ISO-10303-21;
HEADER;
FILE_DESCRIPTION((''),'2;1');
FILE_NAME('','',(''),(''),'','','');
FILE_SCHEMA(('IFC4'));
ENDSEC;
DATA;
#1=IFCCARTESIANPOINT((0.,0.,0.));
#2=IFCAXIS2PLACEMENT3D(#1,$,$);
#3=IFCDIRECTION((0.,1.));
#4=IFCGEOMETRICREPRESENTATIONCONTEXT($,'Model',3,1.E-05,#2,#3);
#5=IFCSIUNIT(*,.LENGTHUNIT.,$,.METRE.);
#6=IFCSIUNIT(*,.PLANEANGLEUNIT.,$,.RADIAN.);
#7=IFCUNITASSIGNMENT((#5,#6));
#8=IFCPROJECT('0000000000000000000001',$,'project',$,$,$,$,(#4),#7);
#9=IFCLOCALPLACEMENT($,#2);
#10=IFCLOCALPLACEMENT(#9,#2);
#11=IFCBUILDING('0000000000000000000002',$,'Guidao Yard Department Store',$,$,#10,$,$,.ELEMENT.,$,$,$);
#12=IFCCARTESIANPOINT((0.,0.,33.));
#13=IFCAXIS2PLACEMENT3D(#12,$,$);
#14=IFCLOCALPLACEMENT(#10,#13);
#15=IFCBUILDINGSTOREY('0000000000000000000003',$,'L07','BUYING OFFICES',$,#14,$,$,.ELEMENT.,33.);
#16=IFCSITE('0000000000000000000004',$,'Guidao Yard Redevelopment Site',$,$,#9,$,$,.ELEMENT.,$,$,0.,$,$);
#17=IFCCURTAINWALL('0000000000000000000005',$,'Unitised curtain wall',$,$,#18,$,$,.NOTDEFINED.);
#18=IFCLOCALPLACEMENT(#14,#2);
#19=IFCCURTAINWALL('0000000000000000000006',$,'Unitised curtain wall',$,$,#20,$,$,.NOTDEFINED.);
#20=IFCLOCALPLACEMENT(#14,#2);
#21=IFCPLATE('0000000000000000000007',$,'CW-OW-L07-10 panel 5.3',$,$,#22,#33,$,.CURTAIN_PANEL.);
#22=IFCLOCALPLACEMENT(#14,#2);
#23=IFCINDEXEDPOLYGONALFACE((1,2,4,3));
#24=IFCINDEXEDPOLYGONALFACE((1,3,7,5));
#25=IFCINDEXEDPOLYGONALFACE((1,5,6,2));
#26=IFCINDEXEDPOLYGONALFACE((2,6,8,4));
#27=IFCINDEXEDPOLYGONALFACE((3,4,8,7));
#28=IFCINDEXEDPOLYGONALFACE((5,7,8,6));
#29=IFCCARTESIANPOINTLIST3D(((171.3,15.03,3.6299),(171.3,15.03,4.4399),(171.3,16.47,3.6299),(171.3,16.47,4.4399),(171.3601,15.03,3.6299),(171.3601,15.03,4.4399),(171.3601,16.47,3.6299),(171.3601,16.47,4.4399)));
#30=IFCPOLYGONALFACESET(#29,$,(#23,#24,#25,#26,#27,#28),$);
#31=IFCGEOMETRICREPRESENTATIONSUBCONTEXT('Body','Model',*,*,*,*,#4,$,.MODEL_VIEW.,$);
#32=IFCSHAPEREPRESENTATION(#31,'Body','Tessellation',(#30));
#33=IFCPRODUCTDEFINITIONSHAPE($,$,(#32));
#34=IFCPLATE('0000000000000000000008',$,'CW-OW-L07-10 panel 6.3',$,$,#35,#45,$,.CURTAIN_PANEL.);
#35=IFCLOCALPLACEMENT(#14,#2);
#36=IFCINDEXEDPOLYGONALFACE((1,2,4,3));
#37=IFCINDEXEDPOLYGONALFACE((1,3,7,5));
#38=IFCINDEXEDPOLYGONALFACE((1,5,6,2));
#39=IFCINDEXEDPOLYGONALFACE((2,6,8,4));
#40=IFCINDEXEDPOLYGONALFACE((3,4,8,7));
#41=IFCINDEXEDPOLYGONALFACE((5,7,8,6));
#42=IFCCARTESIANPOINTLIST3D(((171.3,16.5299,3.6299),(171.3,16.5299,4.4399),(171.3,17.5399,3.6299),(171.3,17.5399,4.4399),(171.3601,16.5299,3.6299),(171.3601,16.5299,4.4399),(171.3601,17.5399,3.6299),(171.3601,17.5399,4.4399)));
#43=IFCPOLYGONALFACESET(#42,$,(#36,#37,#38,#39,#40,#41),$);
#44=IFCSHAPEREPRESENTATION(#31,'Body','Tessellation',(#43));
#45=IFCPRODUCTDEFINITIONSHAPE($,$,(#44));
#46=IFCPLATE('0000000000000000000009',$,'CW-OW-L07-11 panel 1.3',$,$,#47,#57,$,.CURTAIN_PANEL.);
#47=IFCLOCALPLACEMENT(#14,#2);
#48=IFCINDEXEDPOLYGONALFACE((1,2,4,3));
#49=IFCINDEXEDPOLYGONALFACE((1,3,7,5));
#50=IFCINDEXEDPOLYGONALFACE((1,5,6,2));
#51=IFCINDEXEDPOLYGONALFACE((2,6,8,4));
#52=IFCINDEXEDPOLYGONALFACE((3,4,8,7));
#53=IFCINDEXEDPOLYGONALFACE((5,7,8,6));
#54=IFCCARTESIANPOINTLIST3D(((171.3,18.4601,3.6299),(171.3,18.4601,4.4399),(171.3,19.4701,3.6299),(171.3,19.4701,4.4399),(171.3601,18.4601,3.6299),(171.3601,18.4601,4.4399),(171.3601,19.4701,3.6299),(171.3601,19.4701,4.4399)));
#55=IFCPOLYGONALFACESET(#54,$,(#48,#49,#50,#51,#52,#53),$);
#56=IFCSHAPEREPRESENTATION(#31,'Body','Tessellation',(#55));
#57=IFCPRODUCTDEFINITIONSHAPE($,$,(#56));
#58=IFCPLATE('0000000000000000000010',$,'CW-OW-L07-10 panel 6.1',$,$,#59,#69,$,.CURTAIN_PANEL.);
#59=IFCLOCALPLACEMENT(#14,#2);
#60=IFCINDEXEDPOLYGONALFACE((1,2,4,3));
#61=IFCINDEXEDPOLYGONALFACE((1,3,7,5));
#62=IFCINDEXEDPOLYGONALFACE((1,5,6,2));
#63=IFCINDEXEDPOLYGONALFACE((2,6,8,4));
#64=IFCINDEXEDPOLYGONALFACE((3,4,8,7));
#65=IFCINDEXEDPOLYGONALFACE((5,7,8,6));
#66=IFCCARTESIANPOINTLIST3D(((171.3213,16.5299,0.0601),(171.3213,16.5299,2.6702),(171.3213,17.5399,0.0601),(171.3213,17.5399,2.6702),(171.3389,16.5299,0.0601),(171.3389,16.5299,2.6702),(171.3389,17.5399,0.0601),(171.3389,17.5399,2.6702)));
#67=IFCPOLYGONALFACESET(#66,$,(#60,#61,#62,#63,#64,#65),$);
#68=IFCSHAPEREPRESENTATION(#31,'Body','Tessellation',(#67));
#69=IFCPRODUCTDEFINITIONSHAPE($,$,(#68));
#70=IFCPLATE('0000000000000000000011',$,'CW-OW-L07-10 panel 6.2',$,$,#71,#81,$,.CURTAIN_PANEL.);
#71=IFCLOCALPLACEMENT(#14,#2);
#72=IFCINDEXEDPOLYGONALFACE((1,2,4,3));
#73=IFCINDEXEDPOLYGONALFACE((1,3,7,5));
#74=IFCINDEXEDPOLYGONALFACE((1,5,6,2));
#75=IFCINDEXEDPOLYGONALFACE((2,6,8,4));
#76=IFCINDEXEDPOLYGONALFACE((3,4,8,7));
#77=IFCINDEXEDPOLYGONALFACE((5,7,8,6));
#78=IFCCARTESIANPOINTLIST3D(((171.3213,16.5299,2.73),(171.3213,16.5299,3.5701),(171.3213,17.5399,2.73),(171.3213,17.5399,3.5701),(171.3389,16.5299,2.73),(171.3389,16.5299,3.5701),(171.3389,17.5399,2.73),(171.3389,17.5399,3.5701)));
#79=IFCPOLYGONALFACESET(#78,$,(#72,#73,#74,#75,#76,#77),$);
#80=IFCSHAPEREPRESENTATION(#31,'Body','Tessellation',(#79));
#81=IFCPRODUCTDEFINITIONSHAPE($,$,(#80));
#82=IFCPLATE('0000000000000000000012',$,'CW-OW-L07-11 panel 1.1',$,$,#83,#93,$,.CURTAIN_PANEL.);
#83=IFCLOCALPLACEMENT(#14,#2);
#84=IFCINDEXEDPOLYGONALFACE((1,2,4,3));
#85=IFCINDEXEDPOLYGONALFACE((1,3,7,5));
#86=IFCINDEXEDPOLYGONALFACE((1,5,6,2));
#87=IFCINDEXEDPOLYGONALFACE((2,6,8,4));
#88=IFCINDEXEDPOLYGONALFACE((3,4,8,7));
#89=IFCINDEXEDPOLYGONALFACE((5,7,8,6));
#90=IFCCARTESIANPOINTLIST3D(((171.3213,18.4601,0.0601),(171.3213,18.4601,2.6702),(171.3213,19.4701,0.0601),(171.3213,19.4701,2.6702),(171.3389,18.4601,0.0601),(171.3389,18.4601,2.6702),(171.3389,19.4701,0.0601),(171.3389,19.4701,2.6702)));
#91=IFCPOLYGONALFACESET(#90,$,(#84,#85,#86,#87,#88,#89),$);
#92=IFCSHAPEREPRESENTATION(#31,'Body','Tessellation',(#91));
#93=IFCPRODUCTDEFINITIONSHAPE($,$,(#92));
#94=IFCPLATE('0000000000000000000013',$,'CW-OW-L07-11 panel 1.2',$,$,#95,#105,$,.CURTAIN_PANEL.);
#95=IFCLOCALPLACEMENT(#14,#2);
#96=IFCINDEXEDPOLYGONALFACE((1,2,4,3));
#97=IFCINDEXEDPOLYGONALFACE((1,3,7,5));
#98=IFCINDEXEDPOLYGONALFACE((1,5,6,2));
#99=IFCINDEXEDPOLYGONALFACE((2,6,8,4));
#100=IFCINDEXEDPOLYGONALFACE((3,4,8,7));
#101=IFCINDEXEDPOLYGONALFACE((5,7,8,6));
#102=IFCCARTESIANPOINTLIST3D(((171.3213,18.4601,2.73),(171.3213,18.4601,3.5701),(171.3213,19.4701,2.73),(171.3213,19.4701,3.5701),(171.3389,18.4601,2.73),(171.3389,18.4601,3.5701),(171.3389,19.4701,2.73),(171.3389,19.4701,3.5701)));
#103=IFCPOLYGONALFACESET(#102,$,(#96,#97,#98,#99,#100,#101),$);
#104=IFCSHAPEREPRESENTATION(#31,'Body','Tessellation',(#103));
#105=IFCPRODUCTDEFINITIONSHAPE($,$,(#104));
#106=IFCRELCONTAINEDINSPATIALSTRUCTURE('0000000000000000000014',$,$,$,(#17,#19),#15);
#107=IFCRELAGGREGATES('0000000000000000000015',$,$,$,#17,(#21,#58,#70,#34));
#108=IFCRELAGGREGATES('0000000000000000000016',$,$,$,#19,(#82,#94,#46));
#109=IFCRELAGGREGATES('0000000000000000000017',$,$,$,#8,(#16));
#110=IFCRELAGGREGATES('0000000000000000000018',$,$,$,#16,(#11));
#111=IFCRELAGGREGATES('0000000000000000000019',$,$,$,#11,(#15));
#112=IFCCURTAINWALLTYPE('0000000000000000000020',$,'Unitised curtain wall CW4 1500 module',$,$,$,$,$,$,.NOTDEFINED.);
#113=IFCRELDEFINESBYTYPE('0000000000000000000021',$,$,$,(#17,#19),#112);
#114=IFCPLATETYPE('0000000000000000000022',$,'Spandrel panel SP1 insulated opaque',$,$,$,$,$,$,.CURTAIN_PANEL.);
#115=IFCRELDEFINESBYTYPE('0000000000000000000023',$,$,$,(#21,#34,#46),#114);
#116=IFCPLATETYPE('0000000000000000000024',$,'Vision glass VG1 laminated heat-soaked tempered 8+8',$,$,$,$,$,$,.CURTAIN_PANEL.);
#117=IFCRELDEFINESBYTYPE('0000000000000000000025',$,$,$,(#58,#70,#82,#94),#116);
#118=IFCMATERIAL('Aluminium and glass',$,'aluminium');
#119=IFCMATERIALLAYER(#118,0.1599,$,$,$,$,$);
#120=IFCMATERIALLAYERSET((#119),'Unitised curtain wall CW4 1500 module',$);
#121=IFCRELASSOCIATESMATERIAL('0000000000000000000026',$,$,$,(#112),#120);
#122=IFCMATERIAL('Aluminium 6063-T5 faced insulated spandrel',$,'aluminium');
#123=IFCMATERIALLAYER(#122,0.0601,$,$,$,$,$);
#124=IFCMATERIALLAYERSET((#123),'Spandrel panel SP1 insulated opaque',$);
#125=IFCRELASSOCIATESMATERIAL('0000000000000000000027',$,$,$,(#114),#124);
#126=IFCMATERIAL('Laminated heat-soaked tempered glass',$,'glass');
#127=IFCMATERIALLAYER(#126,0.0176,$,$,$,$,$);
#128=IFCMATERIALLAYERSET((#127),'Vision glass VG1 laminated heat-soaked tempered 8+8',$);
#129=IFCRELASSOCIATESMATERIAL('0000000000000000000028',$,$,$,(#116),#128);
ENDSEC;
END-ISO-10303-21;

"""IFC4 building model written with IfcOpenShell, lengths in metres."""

from ifc_helpers import new_model, si_unit, direction, frame, origin, origin_2d, place, context, subcontext, project, spatial, rectangle, extrude, material, layer, layer_set, type_object, element, aggregate, save


model = new_model("IFC4")

# Units and contexts
model_context = context("Model", 3, precision=1e-05, world=origin(), true_north=direction((0.0, 1.0)))
body_context = subcontext(model_context, "Body", "Model", "MODEL_VIEW")
ifc_project = project(units=[si_unit("LENGTHUNIT", "METRE"), si_unit("PLANEANGLEUNIT", "RADIAN")], contexts=[model_context])

# Site, building, storey
site_placement = place(None, origin())
site = spatial("IfcSite", under=ifc_project, at=site_placement, Name="Guidao Yard Redevelopment Site", CompositionType="ELEMENT", RefElevation=0.0)
building_placement = place(site_placement, origin())
building = spatial("IfcBuilding", under=site, at=building_placement, Name="Guidao Yard Department Store", CompositionType="ELEMENT")
storey_placement = place(building_placement, frame((0.0, 0.0, 33.0)))
storey = spatial("IfcBuildingStorey", under=building, at=storey_placement, Name="L07", Description="BUYING OFFICES", CompositionType="ELEMENT", Elevation=33.0)

# Curtain wall
ifc_material_1 = material(Name="Aluminium and glass", Category="aluminium")
ifc_layer_1 = layer(ifc_material_1, 0.1599)
ifc_layer_set_1 = layer_set([ifc_layer_1], Name="Unitised curtain wall CW4 1500 module")
curtain_wall_type = type_object("IfcCurtainWallType", Name="Unitised curtain wall CW4 1500 module", PredefinedType="NOTDEFINED", material=ifc_layer_set_1)
curtain_wall_1_placement = place(storey_placement, origin())
curtain_wall_1 = element("IfcCurtainWall", 1, at=curtain_wall_1_placement, inside=storey, type_object=curtain_wall_type, Name="Unitised curtain wall", PredefinedType="NOTDEFINED")

# Curtain wall
curtain_wall_2_placement = place(storey_placement, origin())
curtain_wall_2 = element("IfcCurtainWall", 2, at=curtain_wall_2_placement, inside=storey, type_object=curtain_wall_type, Name="Unitised curtain wall", PredefinedType="NOTDEFINED")

# Plates
ifc_material_2 = material(Name="Aluminium 6063-T5 faced insulated spandrel", Category="aluminium")
ifc_layer_2 = layer(ifc_material_2, 0.0601)
ifc_layer_set_2 = layer_set([ifc_layer_2], Name="Spandrel panel SP1 insulated opaque")
plate_type_1 = type_object("IfcPlateType", Name="Spandrel panel SP1 insulated opaque", PredefinedType="CURTAIN_PANEL", material=ifc_layer_set_2)
plate_1_placement = place(storey_placement, frame((171.3301, 15.75, 3.6299), z_axis=(0.0, 0.0, 1.0), x_axis=(0.0, -1.0, 0.0)))
plate_1 = element("IfcPlate", 3, at=plate_1_placement, type_object=plate_type_1, Name="CW-OW-L07-10 panel 5.3", PredefinedType="CURTAIN_PANEL", context=body_context, shape_type="SweptSolid", body=[
    extrude(rectangle(XDim=1.4399, YDim=0.0601, at=origin_2d()), origin(), (0.0, 0.0, 1.0), 0.8101),
])
plate_2_placement = place(storey_placement, frame((171.3301, 17.0349, 3.6299), z_axis=(0.0, 0.0, 1.0), x_axis=(0.0, -1.0, 0.0)))
plate_2 = element("IfcPlate", 4, at=plate_2_placement, type_object=plate_type_1, Name="CW-OW-L07-10 panel 6.3", PredefinedType="CURTAIN_PANEL", context=body_context, shape_type="SweptSolid", body=[
    extrude(rectangle(XDim=1.01, YDim=0.0601, at=origin_2d()), origin(), (0.0, 0.0, 1.0), 0.8101),
])
plate_3_placement = place(storey_placement, frame((171.3301, 18.9651, 3.6299), z_axis=(0.0, 0.0, 1.0), x_axis=(0.0, -1.0, 0.0)))
plate_3 = element("IfcPlate", 5, at=plate_3_placement, type_object=plate_type_1, Name="CW-OW-L07-11 panel 1.3", PredefinedType="CURTAIN_PANEL", context=body_context, shape_type="SweptSolid", body=[
    extrude(rectangle(XDim=1.01, YDim=0.0601, at=origin_2d()), origin(), (0.0, 0.0, 1.0), 0.8101),
])
ifc_material_3 = material(Name="Laminated heat-soaked tempered glass", Category="glass")
ifc_layer_3 = layer(ifc_material_3, 0.0176)
ifc_layer_set_3 = layer_set([ifc_layer_3], Name="Vision glass VG1 laminated heat-soaked tempered 8+8")
plate_type_2 = type_object("IfcPlateType", Name="Vision glass VG1 laminated heat-soaked tempered 8+8", PredefinedType="CURTAIN_PANEL", material=ifc_layer_set_3)
plate_4_placement = place(storey_placement, frame((171.3301, 17.0349, 0.0601), z_axis=(0.0, 0.0, 1.0), x_axis=(0.0, -1.0, 0.0)))
plate_4 = element("IfcPlate", 6, at=plate_4_placement, type_object=plate_type_2, Name="CW-OW-L07-10 panel 6.1", PredefinedType="CURTAIN_PANEL", context=body_context, shape_type="SweptSolid", body=[
    extrude(rectangle(XDim=1.01, YDim=0.0176, at=origin_2d()), origin(), (0.0, 0.0, 1.0), 2.6101),
])
plate_5_placement = place(storey_placement, frame((171.3301, 17.0349, 2.73), z_axis=(0.0, 0.0, 1.0), x_axis=(0.0, -1.0, 0.0)))
plate_5 = element("IfcPlate", 7, at=plate_5_placement, type_object=plate_type_2, Name="CW-OW-L07-10 panel 6.2", PredefinedType="CURTAIN_PANEL", context=body_context, shape_type="SweptSolid", body=[
    extrude(rectangle(XDim=1.01, YDim=0.0176, at=origin_2d()), origin(), (0.0, 0.0, 1.0), 0.8401),
])
aggregate(curtain_wall_1, [plate_1, plate_4, plate_5, plate_2])
plate_6_placement = place(storey_placement, frame((171.3301, 18.9651, 0.0601), z_axis=(0.0, 0.0, 1.0), x_axis=(0.0, -1.0, 0.0)))
plate_6 = element("IfcPlate", 8, at=plate_6_placement, type_object=plate_type_2, Name="CW-OW-L07-11 panel 1.1", PredefinedType="CURTAIN_PANEL", context=body_context, shape_type="SweptSolid", body=[
    extrude(rectangle(XDim=1.01, YDim=0.0176, at=origin_2d()), origin(), (0.0, 0.0, 1.0), 2.6101),
])
plate_7_placement = place(storey_placement, frame((171.3301, 18.9651, 2.73), z_axis=(0.0, 0.0, 1.0), x_axis=(0.0, -1.0, 0.0)))
plate_7 = element("IfcPlate", 9, at=plate_7_placement, type_object=plate_type_2, Name="CW-OW-L07-11 panel 1.2", PredefinedType="CURTAIN_PANEL", context=body_context, shape_type="SweptSolid", body=[
    extrude(rectangle(XDim=1.01, YDim=0.0176, at=origin_2d()), origin(), (0.0, 0.0, 1.0), 0.8401),
])
aggregate(curtain_wall_2, [plate_6, plate_7, plate_3])

save(model, "model.ifc")
